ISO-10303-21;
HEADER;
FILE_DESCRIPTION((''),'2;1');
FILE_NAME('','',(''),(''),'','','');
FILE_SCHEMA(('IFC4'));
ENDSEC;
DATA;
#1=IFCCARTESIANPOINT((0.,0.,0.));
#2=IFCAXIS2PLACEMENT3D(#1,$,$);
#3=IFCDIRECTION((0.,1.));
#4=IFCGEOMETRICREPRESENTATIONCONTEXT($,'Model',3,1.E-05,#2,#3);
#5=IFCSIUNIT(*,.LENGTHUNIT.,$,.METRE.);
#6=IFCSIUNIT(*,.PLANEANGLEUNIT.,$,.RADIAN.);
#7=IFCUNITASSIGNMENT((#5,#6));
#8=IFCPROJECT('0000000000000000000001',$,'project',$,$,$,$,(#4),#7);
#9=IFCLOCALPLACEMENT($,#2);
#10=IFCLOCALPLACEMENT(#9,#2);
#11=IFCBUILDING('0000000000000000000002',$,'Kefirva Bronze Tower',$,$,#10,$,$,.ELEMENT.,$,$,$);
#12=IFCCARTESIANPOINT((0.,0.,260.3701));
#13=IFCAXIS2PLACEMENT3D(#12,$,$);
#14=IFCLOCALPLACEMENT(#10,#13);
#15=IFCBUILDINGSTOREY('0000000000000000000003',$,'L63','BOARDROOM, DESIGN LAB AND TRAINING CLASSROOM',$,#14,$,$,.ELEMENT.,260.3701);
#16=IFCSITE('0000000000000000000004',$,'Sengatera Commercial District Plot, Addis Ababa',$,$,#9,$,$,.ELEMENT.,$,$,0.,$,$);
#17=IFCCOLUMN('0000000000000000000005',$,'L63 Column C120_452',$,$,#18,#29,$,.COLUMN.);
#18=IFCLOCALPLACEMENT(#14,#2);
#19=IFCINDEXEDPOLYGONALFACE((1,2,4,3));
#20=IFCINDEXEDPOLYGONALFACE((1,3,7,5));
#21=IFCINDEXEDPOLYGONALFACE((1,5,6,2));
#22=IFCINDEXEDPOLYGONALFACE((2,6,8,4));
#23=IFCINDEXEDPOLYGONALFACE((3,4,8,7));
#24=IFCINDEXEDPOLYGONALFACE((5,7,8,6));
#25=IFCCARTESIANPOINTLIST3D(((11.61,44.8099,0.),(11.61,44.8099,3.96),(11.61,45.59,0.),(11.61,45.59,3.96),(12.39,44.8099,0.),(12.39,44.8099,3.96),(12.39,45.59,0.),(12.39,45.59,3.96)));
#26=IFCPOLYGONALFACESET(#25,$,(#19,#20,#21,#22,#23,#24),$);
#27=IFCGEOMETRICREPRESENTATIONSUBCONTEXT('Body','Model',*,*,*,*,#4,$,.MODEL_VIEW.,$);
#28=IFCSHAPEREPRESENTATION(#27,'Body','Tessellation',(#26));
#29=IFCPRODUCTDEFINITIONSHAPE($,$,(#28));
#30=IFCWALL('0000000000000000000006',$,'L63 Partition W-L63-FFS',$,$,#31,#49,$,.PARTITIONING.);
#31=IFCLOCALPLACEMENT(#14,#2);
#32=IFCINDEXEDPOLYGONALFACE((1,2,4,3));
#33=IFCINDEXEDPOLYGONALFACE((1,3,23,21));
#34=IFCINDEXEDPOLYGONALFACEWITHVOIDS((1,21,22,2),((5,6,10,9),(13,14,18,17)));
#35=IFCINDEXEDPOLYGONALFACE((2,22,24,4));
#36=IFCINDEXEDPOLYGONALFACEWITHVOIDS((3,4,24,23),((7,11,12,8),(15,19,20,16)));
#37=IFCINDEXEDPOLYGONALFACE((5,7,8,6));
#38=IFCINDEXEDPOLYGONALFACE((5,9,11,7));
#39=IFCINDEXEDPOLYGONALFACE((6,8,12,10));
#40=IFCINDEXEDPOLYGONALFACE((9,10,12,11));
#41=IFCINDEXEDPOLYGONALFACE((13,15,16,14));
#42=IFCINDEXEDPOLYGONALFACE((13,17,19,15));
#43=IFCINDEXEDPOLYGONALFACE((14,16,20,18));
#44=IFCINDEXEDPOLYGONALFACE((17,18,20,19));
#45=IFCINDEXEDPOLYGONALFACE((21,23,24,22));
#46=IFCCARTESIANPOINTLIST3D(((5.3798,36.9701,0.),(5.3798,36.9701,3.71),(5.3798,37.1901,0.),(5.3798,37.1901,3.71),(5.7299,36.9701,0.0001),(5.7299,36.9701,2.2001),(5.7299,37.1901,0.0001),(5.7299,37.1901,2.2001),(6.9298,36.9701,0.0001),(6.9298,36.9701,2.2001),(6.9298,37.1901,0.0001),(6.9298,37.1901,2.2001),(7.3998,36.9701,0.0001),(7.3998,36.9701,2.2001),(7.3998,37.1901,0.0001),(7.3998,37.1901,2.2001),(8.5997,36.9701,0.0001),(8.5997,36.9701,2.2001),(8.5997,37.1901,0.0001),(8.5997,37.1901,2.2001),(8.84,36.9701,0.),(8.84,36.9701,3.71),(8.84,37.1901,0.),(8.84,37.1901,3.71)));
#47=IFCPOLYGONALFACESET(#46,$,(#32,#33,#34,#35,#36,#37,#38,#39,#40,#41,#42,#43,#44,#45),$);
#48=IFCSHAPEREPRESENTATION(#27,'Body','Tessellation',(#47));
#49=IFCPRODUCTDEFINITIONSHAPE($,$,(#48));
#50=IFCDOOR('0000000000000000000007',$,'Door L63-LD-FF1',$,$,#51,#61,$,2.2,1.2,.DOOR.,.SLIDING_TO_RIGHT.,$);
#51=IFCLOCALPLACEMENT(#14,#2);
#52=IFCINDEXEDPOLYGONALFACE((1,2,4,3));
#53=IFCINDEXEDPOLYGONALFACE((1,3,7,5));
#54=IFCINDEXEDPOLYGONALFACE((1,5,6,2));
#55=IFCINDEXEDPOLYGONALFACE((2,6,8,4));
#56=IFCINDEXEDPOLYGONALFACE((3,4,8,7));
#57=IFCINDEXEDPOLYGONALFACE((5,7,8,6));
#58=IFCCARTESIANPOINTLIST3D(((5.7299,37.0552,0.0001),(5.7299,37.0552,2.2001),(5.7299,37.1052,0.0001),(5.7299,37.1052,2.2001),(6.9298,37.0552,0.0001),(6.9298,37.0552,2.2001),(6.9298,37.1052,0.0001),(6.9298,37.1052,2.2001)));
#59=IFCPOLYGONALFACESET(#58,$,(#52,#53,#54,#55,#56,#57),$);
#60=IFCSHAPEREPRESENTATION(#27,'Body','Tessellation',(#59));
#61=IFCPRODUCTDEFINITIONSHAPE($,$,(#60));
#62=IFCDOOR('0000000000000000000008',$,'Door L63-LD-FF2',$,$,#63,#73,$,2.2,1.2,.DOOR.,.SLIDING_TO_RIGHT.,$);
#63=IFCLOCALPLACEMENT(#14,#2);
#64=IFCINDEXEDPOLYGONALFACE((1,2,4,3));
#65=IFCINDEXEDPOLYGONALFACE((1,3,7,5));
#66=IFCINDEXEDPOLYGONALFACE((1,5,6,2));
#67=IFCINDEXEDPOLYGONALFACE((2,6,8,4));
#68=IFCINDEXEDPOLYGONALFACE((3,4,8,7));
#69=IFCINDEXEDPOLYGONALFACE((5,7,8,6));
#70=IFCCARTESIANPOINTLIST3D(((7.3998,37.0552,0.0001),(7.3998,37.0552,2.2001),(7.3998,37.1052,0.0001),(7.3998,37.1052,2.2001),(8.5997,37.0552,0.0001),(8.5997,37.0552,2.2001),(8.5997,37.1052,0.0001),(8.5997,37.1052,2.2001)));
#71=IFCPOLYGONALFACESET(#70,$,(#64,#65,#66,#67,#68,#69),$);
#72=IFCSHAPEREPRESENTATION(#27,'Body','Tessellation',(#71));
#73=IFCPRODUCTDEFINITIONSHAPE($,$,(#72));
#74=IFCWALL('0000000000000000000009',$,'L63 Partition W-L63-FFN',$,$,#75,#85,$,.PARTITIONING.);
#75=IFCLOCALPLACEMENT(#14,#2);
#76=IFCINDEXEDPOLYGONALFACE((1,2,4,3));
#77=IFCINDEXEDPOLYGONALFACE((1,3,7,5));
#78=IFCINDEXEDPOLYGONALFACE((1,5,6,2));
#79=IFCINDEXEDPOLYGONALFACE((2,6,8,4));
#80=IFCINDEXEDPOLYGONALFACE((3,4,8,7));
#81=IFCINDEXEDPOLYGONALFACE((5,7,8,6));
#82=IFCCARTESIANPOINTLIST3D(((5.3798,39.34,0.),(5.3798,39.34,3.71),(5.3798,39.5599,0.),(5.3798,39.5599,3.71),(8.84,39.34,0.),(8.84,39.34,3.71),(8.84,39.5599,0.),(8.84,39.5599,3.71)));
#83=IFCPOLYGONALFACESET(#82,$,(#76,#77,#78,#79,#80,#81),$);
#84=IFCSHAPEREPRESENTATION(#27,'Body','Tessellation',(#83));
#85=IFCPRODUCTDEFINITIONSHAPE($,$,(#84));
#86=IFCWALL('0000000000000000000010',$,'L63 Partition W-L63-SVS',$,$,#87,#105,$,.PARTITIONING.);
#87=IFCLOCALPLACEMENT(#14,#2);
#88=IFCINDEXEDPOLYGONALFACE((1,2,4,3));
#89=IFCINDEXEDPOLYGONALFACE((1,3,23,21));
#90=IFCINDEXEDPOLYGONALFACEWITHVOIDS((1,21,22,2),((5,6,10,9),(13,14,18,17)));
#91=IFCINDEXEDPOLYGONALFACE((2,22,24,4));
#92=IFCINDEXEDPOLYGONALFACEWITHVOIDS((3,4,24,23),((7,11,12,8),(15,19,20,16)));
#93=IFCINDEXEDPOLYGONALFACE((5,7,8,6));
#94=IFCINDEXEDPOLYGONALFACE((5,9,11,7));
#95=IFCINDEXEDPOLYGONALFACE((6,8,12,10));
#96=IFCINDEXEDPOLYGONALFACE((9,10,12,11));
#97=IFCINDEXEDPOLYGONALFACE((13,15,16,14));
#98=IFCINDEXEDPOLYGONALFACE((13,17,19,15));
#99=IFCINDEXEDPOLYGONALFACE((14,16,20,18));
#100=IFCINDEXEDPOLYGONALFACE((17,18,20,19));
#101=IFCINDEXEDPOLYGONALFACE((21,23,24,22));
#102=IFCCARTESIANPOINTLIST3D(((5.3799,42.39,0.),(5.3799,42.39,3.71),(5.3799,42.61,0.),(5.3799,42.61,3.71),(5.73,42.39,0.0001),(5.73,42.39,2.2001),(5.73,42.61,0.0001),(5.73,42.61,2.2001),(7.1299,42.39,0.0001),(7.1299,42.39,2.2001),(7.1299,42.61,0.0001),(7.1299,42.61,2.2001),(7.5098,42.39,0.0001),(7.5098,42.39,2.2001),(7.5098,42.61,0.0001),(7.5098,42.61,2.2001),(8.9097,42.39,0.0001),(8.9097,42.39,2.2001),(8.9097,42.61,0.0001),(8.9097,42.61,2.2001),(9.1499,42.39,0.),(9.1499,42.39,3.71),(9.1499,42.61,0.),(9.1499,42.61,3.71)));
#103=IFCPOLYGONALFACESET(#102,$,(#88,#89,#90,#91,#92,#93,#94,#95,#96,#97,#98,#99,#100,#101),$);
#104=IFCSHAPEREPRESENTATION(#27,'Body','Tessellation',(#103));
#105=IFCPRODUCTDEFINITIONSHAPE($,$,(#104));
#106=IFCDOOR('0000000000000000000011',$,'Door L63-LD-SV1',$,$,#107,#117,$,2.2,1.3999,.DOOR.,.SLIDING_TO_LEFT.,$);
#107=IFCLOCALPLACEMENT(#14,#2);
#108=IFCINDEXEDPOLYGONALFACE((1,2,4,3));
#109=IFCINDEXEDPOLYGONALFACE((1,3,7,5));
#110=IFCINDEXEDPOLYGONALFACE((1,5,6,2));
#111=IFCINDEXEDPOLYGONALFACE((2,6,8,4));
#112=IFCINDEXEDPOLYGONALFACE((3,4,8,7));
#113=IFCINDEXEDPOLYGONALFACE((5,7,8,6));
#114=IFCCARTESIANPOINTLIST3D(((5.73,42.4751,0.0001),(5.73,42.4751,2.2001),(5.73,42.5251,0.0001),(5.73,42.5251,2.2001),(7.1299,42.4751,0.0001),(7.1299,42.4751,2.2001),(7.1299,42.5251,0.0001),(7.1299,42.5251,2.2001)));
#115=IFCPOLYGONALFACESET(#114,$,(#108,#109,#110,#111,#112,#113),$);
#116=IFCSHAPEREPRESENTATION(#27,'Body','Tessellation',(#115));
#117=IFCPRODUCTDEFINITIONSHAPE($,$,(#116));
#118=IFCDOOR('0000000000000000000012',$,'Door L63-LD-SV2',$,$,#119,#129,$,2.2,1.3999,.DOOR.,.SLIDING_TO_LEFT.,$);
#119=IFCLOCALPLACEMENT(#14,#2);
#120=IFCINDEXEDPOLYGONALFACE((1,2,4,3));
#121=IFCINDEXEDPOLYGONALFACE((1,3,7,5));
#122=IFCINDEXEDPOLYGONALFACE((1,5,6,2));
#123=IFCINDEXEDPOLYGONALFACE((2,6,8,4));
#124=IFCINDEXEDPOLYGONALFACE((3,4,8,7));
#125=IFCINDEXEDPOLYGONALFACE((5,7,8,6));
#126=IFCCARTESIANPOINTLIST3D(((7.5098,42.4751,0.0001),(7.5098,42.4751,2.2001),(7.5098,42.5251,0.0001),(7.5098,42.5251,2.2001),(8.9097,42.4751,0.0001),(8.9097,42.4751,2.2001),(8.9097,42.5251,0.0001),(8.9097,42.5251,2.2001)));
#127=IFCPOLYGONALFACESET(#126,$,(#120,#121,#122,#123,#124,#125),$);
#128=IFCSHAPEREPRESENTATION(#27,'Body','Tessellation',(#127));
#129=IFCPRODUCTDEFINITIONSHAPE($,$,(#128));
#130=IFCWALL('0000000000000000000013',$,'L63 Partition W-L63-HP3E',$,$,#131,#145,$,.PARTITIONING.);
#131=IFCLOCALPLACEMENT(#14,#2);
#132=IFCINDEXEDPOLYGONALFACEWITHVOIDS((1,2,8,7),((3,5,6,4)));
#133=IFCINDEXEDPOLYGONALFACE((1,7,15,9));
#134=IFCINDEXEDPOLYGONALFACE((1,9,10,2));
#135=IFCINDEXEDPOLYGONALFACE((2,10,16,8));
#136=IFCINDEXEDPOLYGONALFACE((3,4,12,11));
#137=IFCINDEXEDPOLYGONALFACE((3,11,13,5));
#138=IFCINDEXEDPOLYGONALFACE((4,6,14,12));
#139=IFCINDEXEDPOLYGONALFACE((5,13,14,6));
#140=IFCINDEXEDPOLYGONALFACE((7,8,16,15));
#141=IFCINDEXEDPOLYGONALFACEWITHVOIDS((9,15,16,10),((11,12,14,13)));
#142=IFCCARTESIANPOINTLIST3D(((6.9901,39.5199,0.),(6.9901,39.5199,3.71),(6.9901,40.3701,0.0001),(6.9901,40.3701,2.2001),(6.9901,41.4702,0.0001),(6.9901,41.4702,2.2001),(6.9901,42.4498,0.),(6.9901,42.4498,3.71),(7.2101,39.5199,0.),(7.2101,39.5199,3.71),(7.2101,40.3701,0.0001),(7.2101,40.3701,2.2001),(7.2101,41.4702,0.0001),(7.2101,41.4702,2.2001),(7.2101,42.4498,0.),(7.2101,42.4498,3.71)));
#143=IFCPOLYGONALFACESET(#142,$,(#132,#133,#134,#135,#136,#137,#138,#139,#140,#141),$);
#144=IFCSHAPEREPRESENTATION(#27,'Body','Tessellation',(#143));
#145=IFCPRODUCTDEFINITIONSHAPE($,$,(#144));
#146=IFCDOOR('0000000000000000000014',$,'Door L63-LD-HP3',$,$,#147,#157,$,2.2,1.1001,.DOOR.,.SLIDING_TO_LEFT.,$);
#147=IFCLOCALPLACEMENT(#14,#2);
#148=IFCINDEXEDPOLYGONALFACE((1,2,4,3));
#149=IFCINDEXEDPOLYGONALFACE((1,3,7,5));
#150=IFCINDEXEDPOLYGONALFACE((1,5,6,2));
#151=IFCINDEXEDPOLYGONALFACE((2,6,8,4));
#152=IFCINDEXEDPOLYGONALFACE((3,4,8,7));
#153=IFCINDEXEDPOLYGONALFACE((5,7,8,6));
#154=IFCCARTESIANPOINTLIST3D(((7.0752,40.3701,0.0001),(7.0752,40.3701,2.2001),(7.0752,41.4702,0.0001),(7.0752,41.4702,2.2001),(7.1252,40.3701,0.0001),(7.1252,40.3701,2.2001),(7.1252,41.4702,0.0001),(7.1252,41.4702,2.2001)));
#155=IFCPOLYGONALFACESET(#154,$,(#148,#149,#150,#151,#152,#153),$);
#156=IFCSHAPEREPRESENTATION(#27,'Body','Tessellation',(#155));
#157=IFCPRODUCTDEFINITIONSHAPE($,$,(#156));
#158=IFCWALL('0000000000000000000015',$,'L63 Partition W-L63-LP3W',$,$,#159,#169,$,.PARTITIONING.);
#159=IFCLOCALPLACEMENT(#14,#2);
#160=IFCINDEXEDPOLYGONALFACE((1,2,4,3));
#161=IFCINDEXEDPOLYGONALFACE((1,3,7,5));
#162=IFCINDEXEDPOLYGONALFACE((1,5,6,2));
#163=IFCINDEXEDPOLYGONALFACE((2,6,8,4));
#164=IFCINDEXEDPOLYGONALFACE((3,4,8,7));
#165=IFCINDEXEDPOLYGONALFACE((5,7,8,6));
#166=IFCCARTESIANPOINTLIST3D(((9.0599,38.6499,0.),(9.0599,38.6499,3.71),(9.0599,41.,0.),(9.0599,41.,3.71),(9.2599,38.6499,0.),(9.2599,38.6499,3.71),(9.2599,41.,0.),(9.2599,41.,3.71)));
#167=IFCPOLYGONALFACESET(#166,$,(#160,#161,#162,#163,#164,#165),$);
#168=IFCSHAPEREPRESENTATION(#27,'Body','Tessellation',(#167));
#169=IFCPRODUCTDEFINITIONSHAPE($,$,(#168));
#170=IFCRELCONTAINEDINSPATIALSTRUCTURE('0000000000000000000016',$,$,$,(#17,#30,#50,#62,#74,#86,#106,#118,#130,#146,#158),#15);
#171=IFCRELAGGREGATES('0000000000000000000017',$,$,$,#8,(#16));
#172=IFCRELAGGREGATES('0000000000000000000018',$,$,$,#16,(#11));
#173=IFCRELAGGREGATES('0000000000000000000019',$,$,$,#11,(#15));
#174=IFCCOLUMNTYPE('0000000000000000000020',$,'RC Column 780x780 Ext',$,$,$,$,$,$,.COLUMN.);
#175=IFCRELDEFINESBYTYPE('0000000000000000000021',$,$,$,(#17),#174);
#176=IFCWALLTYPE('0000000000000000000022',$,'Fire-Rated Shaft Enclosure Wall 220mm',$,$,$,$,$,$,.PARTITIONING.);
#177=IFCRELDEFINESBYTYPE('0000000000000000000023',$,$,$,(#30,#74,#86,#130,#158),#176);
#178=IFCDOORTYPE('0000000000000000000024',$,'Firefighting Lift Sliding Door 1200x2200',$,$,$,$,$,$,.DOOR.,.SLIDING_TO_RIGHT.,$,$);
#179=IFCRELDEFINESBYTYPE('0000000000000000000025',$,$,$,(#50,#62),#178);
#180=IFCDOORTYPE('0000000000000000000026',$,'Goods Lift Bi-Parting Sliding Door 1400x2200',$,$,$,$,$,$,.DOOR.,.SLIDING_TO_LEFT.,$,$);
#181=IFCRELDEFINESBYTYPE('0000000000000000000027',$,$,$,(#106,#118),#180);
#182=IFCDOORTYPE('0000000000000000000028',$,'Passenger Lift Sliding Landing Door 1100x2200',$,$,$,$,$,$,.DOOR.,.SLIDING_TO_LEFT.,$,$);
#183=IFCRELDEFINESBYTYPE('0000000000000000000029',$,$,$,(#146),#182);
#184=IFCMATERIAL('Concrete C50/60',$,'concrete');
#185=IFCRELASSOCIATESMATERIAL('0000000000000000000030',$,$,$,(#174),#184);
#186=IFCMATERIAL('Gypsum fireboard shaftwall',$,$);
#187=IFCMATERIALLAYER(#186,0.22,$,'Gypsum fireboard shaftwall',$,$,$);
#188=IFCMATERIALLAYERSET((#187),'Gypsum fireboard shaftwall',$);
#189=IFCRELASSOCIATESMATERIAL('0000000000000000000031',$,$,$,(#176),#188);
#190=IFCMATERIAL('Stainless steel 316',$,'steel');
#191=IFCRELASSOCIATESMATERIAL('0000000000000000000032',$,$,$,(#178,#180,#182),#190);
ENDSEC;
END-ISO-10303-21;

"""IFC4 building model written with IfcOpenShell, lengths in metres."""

from ifc_helpers import new_model, si_unit, direction, frame, frame_2d, origin, origin_2d, place, context, subcontext, project, spatial, rectangle, extrude, material, layer, layer_set, material_profile, profile_set, type_object, element, fill, save


model = new_model("IFC4")

# Units and contexts
model_context = context("Model", 3, precision=1e-05, world=origin(), true_north=direction((0.0, 1.0)))
body_context = subcontext(model_context, "Body", "Model", "MODEL_VIEW")
ifc_project = project(units=[si_unit("LENGTHUNIT", "METRE"), si_unit("PLANEANGLEUNIT", "RADIAN")], contexts=[model_context])

# Site, building, storey
site_placement = place(None, origin())
site = spatial("IfcSite", under=ifc_project, at=site_placement, Name="Sengatera Commercial District Plot, Addis Ababa", CompositionType="ELEMENT", RefElevation=0.0)
building_placement = place(site_placement, origin())
building = spatial("IfcBuilding", under=site, at=building_placement, Name="Kefirva Bronze Tower", CompositionType="ELEMENT")
storey_placement = place(building_placement, frame((0.0, 0.0, 260.3701)))
storey = spatial("IfcBuildingStorey", under=building, at=storey_placement, Name="L63", Description="BOARDROOM, DESIGN LAB AND TRAINING CLASSROOM", CompositionType="ELEMENT", Elevation=260.3701)

# Column
ifc_material_1 = material(Name="Concrete C50/60", Category="concrete")
ifc_material_profile = material_profile(ifc_material_1, rectangle(XDim=0.78, YDim=0.78, at=origin_2d()), Name="RC 780x780")
ifc_profile_set = profile_set([ifc_material_profile], Name="Concrete C50/60")
column_type = type_object("IfcColumnType", Name="RC Column 780x780 Ext", PredefinedType="COLUMN", material=ifc_profile_set)
column_placement = place(storey_placement, frame((12.0, 45.2, 0.0), z_axis=(0.0, 0.0, 1.0), x_axis=(1.0, 0.0, 0.0)))
element("IfcColumn", 1, at=column_placement, inside=storey, type_object=column_type, Name="L63 Column C120_452", PredefinedType="COLUMN", context=body_context, shape_type="SweptSolid", body=[
    extrude(rectangle(XDim=0.78, YDim=0.78, at=origin_2d()), origin(), (0.0, 0.0, 1.0), 3.96),
])

# Wall, openings, doors
ifc_material_2 = material(Name="Gypsum fireboard shaftwall")
ifc_layer_1 = layer(ifc_material_2, 0.22, Name="Gypsum fireboard shaftwall")
ifc_layer_set_1 = layer_set([ifc_layer_1], Name="Gypsum fireboard shaftwall")
wall_type_1 = type_object("IfcWallType", Name="Fire-Rated Shaft Enclosure Wall 220mm", PredefinedType="PARTITIONING", material=ifc_layer_set_1)
wall_1_placement = place(storey_placement, frame((5.3799, 37.0801, 0.0), z_axis=(0.0, 0.0, 1.0), x_axis=(1.0, 0.0, 0.0)))
wall_1 = element("IfcWall", 2, at=wall_1_placement, inside=storey, type_object=wall_type_1, Name="L63 Partition W-L63-FFS", PredefinedType="PARTITIONING", context=body_context, shape_type="SweptSolid", body=[
    extrude(rectangle(XDim=3.4602, YDim=0.22, at=frame_2d((1.73, 0.0))), origin(), (0.0, 0.0, 1.0), 3.71),
])
opening_1_placement = place(wall_1_placement, frame((1.55, 0.0, 0.0), z_axis=(0.0, 0.0, 1.0), x_axis=(-1.0, 0.0, 0.0)))
opening_1 = element("IfcOpeningElement", 3, at=opening_1_placement, cuts=wall_1, PredefinedType="OPENING", context=body_context, shape_type="SweptSolid", body=[
    extrude(rectangle(XDim=1.2, YDim=2.2, at=frame_2d((0.6001, 1.1001))), frame((0.0, 0.1201, 0.0), z_axis=(0.0, -1.0, 0.0), x_axis=(1.0, 0.0, 0.0)), (0.0, 0.0, 1.0), 0.24),
])
opening_2_placement = place(wall_1_placement, frame((3.22, 0.0, 0.0), z_axis=(0.0, 0.0, 1.0), x_axis=(-1.0, 0.0, 0.0)))
opening_2 = element("IfcOpeningElement", 4, at=opening_2_placement, cuts=wall_1, PredefinedType="OPENING", context=body_context, shape_type="SweptSolid", body=[
    extrude(rectangle(XDim=1.2, YDim=2.2, at=frame_2d((0.6001, 1.1001))), frame((0.0, 0.1201, 0.0), z_axis=(0.0, -1.0, 0.0), x_axis=(1.0, 0.0, 0.0)), (0.0, 0.0, 1.0), 0.24),
])
ifc_material_3 = material(Name="Stainless steel 316", Category="steel")
door_type_1 = type_object("IfcDoorType", Name="Firefighting Lift Sliding Door 1200x2200", OperationType="SLIDING_TO_RIGHT", PredefinedType="DOOR", material=ifc_material_3)
door_1_placement = place(opening_1_placement, origin())
door_1 = element("IfcDoor", 5, at=door_1_placement, inside=storey, type_object=door_type_1, Name="Door L63-LD-FF1", OperationType="SLIDING_TO_RIGHT", OverallHeight=2.2, OverallWidth=1.2, PredefinedType="DOOR", context=body_context, shape_type="SweptSolid", body=[
    extrude(rectangle(XDim=1.2, YDim=2.2, at=frame_2d((0.6001, 1.1001))), frame((0.0, 0.0249, 0.0), z_axis=(0.0, -1.0, 0.0), x_axis=(1.0, 0.0, 0.0)), (0.0, 0.0, 1.0), 0.05),
])
fill(opening_1, door_1)
door_2_placement = place(opening_2_placement, origin())
door_2 = element("IfcDoor", 6, at=door_2_placement, inside=storey, type_object=door_type_1, Name="Door L63-LD-FF2", OperationType="SLIDING_TO_RIGHT", OverallHeight=2.2, OverallWidth=1.2, PredefinedType="DOOR", context=body_context, shape_type="SweptSolid", body=[
    extrude(rectangle(XDim=1.2, YDim=2.2, at=frame_2d((0.6001, 1.1001))), frame((0.0, 0.0249, 0.0), z_axis=(0.0, -1.0, 0.0), x_axis=(1.0, 0.0, 0.0)), (0.0, 0.0, 1.0), 0.05),
])
fill(opening_2, door_2)

# Wall
wall_2_placement = place(storey_placement, frame((5.3799, 39.45, 0.0), z_axis=(0.0, 0.0, 1.0), x_axis=(1.0, 0.0, 0.0)))
element("IfcWall", 7, at=wall_2_placement, inside=storey, type_object=wall_type_1, Name="L63 Partition W-L63-FFN", PredefinedType="PARTITIONING", context=body_context, shape_type="SweptSolid", body=[
    extrude(rectangle(XDim=3.4602, YDim=0.22, at=frame_2d((1.73, 0.0))), origin(), (0.0, 0.0, 1.0), 3.71),
])

# Wall, openings, doors
wall_3_placement = place(storey_placement, frame((5.3799, 42.5, 0.0), z_axis=(0.0, 0.0, 1.0), x_axis=(1.0, 0.0, 0.0)))
wall_3 = element("IfcWall", 8, at=wall_3_placement, inside=storey, type_object=wall_type_1, Name="L63 Partition W-L63-SVS", PredefinedType="PARTITIONING", context=body_context, shape_type="SweptSolid", body=[
    extrude(rectangle(XDim=3.77, YDim=0.22, at=frame_2d((1.885, 0.0))), origin(), (0.0, 0.0, 1.0), 3.71),
])
opening_3_placement = place(wall_3_placement, frame((1.75, 0.0, 0.0), z_axis=(0.0, 0.0, 1.0), x_axis=(-1.0, 0.0, 0.0)))
opening_3 = element("IfcOpeningElement", 9, at=opening_3_placement, cuts=wall_3, PredefinedType="OPENING", context=body_context, shape_type="SweptSolid", body=[
    extrude(rectangle(XDim=1.3999, YDim=2.2, at=frame_2d((0.7, 1.1001))), frame((0.0, 0.1201, 0.0), z_axis=(0.0, -1.0, 0.0), x_axis=(1.0, 0.0, 0.0)), (0.0, 0.0, 1.0), 0.24),
])
opening_4_placement = place(wall_3_placement, frame((3.5298, 0.0, 0.0), z_axis=(0.0, 0.0, 1.0), x_axis=(-1.0, 0.0, 0.0)))
opening_4 = element("IfcOpeningElement", 10, at=opening_4_placement, cuts=wall_3, PredefinedType="OPENING", context=body_context, shape_type="SweptSolid", body=[
    extrude(rectangle(XDim=1.3999, YDim=2.2, at=frame_2d((0.7, 1.1001))), frame((0.0, 0.1201, 0.0), z_axis=(0.0, -1.0, 0.0), x_axis=(1.0, 0.0, 0.0)), (0.0, 0.0, 1.0), 0.24),
])
door_type_2 = type_object("IfcDoorType", Name="Goods Lift Bi-Parting Sliding Door 1400x2200", OperationType="SLIDING_TO_LEFT", PredefinedType="DOOR", material=ifc_material_3)
door_3_placement = place(opening_3_placement, origin())
door_3 = element("IfcDoor", 11, at=door_3_placement, inside=storey, type_object=door_type_2, Name="Door L63-LD-SV1", OperationType="SLIDING_TO_LEFT", OverallHeight=2.2, OverallWidth=1.3999, PredefinedType="DOOR", context=body_context, shape_type="SweptSolid", body=[
    extrude(rectangle(XDim=1.3999, YDim=2.2, at=frame_2d((0.7, 1.1001))), frame((0.0, 0.0249, 0.0), z_axis=(0.0, -1.0, 0.0), x_axis=(1.0, 0.0, 0.0)), (0.0, 0.0, 1.0), 0.05),
])
fill(opening_3, door_3)
door_4_placement = place(opening_4_placement, origin())
door_4 = element("IfcDoor", 12, at=door_4_placement, inside=storey, type_object=door_type_2, Name="Door L63-LD-SV2", OperationType="SLIDING_TO_LEFT", OverallHeight=2.2, OverallWidth=1.3999, PredefinedType="DOOR", context=body_context, shape_type="SweptSolid", body=[
    extrude(rectangle(XDim=1.3999, YDim=2.2, at=frame_2d((0.7, 1.1001))), frame((0.0, 0.0249, 0.0), z_axis=(0.0, -1.0, 0.0), x_axis=(1.0, 0.0, 0.0)), (0.0, 0.0, 1.0), 0.05),
])
fill(opening_4, door_4)

# Wall, opening, door
wall_4_placement = place(storey_placement, frame((7.1001, 39.52, 0.0), z_axis=(0.0, 0.0, 1.0), x_axis=(0.0, 1.0, 0.0)))
wall_4 = element("IfcWall", 13, at=wall_4_placement, inside=storey, type_object=wall_type_1, Name="L63 Partition W-L63-HP3E", PredefinedType="PARTITIONING", context=body_context, shape_type="SweptSolid", body=[
    extrude(rectangle(XDim=2.9299, YDim=0.22, at=frame_2d((1.4648, 0.0))), origin(), (0.0, 0.0, 1.0), 3.71),
])
opening_5_placement = place(wall_4_placement, frame((0.8501, 0.0, 0.0)))
opening_5 = element("IfcOpeningElement", 14, at=opening_5_placement, cuts=wall_4, PredefinedType="OPENING", context=body_context, shape_type="SweptSolid", body=[
    extrude(rectangle(XDim=1.1001, YDim=2.2, at=frame_2d((0.55, 1.1001))), frame((0.0, 0.1201, 0.0), z_axis=(0.0, -1.0, 0.0), x_axis=(1.0, 0.0, 0.0)), (0.0, 0.0, 1.0), 0.24),
])
door_type_3 = type_object("IfcDoorType", Name="Passenger Lift Sliding Landing Door 1100x2200", OperationType="SLIDING_TO_LEFT", PredefinedType="DOOR", material=ifc_material_3)
door_5_placement = place(opening_5_placement, origin())
door_5 = element("IfcDoor", 15, at=door_5_placement, inside=storey, type_object=door_type_3, Name="Door L63-LD-HP3", OperationType="SLIDING_TO_LEFT", OverallHeight=2.2, OverallWidth=1.1001, PredefinedType="DOOR", context=body_context, shape_type="SweptSolid", body=[
    extrude(rectangle(XDim=1.1001, YDim=2.2, at=frame_2d((0.55, 1.1001))), frame((0.0, 0.0249, 0.0), z_axis=(0.0, -1.0, 0.0), x_axis=(1.0, 0.0, 0.0)), (0.0, 0.0, 1.0), 0.05),
])
fill(opening_5, door_5)

# Wall
wall_5_placement = place(storey_placement, frame((9.1599, 38.6499, 0.0), z_axis=(0.0, 0.0, 1.0), x_axis=(0.0, 1.0, 0.0)))
element("IfcWall", 16, at=wall_5_placement, inside=storey, type_object=wall_type_1, Name="L63 Partition W-L63-LP3W", PredefinedType="PARTITIONING", context=body_context, shape_type="SweptSolid", body=[
    extrude(rectangle(XDim=2.3501, YDim=0.2, at=frame_2d((1.175, 0.0))), origin(), (0.0, 0.0, 1.0), 3.71),
])

save(model, "model.ifc")
